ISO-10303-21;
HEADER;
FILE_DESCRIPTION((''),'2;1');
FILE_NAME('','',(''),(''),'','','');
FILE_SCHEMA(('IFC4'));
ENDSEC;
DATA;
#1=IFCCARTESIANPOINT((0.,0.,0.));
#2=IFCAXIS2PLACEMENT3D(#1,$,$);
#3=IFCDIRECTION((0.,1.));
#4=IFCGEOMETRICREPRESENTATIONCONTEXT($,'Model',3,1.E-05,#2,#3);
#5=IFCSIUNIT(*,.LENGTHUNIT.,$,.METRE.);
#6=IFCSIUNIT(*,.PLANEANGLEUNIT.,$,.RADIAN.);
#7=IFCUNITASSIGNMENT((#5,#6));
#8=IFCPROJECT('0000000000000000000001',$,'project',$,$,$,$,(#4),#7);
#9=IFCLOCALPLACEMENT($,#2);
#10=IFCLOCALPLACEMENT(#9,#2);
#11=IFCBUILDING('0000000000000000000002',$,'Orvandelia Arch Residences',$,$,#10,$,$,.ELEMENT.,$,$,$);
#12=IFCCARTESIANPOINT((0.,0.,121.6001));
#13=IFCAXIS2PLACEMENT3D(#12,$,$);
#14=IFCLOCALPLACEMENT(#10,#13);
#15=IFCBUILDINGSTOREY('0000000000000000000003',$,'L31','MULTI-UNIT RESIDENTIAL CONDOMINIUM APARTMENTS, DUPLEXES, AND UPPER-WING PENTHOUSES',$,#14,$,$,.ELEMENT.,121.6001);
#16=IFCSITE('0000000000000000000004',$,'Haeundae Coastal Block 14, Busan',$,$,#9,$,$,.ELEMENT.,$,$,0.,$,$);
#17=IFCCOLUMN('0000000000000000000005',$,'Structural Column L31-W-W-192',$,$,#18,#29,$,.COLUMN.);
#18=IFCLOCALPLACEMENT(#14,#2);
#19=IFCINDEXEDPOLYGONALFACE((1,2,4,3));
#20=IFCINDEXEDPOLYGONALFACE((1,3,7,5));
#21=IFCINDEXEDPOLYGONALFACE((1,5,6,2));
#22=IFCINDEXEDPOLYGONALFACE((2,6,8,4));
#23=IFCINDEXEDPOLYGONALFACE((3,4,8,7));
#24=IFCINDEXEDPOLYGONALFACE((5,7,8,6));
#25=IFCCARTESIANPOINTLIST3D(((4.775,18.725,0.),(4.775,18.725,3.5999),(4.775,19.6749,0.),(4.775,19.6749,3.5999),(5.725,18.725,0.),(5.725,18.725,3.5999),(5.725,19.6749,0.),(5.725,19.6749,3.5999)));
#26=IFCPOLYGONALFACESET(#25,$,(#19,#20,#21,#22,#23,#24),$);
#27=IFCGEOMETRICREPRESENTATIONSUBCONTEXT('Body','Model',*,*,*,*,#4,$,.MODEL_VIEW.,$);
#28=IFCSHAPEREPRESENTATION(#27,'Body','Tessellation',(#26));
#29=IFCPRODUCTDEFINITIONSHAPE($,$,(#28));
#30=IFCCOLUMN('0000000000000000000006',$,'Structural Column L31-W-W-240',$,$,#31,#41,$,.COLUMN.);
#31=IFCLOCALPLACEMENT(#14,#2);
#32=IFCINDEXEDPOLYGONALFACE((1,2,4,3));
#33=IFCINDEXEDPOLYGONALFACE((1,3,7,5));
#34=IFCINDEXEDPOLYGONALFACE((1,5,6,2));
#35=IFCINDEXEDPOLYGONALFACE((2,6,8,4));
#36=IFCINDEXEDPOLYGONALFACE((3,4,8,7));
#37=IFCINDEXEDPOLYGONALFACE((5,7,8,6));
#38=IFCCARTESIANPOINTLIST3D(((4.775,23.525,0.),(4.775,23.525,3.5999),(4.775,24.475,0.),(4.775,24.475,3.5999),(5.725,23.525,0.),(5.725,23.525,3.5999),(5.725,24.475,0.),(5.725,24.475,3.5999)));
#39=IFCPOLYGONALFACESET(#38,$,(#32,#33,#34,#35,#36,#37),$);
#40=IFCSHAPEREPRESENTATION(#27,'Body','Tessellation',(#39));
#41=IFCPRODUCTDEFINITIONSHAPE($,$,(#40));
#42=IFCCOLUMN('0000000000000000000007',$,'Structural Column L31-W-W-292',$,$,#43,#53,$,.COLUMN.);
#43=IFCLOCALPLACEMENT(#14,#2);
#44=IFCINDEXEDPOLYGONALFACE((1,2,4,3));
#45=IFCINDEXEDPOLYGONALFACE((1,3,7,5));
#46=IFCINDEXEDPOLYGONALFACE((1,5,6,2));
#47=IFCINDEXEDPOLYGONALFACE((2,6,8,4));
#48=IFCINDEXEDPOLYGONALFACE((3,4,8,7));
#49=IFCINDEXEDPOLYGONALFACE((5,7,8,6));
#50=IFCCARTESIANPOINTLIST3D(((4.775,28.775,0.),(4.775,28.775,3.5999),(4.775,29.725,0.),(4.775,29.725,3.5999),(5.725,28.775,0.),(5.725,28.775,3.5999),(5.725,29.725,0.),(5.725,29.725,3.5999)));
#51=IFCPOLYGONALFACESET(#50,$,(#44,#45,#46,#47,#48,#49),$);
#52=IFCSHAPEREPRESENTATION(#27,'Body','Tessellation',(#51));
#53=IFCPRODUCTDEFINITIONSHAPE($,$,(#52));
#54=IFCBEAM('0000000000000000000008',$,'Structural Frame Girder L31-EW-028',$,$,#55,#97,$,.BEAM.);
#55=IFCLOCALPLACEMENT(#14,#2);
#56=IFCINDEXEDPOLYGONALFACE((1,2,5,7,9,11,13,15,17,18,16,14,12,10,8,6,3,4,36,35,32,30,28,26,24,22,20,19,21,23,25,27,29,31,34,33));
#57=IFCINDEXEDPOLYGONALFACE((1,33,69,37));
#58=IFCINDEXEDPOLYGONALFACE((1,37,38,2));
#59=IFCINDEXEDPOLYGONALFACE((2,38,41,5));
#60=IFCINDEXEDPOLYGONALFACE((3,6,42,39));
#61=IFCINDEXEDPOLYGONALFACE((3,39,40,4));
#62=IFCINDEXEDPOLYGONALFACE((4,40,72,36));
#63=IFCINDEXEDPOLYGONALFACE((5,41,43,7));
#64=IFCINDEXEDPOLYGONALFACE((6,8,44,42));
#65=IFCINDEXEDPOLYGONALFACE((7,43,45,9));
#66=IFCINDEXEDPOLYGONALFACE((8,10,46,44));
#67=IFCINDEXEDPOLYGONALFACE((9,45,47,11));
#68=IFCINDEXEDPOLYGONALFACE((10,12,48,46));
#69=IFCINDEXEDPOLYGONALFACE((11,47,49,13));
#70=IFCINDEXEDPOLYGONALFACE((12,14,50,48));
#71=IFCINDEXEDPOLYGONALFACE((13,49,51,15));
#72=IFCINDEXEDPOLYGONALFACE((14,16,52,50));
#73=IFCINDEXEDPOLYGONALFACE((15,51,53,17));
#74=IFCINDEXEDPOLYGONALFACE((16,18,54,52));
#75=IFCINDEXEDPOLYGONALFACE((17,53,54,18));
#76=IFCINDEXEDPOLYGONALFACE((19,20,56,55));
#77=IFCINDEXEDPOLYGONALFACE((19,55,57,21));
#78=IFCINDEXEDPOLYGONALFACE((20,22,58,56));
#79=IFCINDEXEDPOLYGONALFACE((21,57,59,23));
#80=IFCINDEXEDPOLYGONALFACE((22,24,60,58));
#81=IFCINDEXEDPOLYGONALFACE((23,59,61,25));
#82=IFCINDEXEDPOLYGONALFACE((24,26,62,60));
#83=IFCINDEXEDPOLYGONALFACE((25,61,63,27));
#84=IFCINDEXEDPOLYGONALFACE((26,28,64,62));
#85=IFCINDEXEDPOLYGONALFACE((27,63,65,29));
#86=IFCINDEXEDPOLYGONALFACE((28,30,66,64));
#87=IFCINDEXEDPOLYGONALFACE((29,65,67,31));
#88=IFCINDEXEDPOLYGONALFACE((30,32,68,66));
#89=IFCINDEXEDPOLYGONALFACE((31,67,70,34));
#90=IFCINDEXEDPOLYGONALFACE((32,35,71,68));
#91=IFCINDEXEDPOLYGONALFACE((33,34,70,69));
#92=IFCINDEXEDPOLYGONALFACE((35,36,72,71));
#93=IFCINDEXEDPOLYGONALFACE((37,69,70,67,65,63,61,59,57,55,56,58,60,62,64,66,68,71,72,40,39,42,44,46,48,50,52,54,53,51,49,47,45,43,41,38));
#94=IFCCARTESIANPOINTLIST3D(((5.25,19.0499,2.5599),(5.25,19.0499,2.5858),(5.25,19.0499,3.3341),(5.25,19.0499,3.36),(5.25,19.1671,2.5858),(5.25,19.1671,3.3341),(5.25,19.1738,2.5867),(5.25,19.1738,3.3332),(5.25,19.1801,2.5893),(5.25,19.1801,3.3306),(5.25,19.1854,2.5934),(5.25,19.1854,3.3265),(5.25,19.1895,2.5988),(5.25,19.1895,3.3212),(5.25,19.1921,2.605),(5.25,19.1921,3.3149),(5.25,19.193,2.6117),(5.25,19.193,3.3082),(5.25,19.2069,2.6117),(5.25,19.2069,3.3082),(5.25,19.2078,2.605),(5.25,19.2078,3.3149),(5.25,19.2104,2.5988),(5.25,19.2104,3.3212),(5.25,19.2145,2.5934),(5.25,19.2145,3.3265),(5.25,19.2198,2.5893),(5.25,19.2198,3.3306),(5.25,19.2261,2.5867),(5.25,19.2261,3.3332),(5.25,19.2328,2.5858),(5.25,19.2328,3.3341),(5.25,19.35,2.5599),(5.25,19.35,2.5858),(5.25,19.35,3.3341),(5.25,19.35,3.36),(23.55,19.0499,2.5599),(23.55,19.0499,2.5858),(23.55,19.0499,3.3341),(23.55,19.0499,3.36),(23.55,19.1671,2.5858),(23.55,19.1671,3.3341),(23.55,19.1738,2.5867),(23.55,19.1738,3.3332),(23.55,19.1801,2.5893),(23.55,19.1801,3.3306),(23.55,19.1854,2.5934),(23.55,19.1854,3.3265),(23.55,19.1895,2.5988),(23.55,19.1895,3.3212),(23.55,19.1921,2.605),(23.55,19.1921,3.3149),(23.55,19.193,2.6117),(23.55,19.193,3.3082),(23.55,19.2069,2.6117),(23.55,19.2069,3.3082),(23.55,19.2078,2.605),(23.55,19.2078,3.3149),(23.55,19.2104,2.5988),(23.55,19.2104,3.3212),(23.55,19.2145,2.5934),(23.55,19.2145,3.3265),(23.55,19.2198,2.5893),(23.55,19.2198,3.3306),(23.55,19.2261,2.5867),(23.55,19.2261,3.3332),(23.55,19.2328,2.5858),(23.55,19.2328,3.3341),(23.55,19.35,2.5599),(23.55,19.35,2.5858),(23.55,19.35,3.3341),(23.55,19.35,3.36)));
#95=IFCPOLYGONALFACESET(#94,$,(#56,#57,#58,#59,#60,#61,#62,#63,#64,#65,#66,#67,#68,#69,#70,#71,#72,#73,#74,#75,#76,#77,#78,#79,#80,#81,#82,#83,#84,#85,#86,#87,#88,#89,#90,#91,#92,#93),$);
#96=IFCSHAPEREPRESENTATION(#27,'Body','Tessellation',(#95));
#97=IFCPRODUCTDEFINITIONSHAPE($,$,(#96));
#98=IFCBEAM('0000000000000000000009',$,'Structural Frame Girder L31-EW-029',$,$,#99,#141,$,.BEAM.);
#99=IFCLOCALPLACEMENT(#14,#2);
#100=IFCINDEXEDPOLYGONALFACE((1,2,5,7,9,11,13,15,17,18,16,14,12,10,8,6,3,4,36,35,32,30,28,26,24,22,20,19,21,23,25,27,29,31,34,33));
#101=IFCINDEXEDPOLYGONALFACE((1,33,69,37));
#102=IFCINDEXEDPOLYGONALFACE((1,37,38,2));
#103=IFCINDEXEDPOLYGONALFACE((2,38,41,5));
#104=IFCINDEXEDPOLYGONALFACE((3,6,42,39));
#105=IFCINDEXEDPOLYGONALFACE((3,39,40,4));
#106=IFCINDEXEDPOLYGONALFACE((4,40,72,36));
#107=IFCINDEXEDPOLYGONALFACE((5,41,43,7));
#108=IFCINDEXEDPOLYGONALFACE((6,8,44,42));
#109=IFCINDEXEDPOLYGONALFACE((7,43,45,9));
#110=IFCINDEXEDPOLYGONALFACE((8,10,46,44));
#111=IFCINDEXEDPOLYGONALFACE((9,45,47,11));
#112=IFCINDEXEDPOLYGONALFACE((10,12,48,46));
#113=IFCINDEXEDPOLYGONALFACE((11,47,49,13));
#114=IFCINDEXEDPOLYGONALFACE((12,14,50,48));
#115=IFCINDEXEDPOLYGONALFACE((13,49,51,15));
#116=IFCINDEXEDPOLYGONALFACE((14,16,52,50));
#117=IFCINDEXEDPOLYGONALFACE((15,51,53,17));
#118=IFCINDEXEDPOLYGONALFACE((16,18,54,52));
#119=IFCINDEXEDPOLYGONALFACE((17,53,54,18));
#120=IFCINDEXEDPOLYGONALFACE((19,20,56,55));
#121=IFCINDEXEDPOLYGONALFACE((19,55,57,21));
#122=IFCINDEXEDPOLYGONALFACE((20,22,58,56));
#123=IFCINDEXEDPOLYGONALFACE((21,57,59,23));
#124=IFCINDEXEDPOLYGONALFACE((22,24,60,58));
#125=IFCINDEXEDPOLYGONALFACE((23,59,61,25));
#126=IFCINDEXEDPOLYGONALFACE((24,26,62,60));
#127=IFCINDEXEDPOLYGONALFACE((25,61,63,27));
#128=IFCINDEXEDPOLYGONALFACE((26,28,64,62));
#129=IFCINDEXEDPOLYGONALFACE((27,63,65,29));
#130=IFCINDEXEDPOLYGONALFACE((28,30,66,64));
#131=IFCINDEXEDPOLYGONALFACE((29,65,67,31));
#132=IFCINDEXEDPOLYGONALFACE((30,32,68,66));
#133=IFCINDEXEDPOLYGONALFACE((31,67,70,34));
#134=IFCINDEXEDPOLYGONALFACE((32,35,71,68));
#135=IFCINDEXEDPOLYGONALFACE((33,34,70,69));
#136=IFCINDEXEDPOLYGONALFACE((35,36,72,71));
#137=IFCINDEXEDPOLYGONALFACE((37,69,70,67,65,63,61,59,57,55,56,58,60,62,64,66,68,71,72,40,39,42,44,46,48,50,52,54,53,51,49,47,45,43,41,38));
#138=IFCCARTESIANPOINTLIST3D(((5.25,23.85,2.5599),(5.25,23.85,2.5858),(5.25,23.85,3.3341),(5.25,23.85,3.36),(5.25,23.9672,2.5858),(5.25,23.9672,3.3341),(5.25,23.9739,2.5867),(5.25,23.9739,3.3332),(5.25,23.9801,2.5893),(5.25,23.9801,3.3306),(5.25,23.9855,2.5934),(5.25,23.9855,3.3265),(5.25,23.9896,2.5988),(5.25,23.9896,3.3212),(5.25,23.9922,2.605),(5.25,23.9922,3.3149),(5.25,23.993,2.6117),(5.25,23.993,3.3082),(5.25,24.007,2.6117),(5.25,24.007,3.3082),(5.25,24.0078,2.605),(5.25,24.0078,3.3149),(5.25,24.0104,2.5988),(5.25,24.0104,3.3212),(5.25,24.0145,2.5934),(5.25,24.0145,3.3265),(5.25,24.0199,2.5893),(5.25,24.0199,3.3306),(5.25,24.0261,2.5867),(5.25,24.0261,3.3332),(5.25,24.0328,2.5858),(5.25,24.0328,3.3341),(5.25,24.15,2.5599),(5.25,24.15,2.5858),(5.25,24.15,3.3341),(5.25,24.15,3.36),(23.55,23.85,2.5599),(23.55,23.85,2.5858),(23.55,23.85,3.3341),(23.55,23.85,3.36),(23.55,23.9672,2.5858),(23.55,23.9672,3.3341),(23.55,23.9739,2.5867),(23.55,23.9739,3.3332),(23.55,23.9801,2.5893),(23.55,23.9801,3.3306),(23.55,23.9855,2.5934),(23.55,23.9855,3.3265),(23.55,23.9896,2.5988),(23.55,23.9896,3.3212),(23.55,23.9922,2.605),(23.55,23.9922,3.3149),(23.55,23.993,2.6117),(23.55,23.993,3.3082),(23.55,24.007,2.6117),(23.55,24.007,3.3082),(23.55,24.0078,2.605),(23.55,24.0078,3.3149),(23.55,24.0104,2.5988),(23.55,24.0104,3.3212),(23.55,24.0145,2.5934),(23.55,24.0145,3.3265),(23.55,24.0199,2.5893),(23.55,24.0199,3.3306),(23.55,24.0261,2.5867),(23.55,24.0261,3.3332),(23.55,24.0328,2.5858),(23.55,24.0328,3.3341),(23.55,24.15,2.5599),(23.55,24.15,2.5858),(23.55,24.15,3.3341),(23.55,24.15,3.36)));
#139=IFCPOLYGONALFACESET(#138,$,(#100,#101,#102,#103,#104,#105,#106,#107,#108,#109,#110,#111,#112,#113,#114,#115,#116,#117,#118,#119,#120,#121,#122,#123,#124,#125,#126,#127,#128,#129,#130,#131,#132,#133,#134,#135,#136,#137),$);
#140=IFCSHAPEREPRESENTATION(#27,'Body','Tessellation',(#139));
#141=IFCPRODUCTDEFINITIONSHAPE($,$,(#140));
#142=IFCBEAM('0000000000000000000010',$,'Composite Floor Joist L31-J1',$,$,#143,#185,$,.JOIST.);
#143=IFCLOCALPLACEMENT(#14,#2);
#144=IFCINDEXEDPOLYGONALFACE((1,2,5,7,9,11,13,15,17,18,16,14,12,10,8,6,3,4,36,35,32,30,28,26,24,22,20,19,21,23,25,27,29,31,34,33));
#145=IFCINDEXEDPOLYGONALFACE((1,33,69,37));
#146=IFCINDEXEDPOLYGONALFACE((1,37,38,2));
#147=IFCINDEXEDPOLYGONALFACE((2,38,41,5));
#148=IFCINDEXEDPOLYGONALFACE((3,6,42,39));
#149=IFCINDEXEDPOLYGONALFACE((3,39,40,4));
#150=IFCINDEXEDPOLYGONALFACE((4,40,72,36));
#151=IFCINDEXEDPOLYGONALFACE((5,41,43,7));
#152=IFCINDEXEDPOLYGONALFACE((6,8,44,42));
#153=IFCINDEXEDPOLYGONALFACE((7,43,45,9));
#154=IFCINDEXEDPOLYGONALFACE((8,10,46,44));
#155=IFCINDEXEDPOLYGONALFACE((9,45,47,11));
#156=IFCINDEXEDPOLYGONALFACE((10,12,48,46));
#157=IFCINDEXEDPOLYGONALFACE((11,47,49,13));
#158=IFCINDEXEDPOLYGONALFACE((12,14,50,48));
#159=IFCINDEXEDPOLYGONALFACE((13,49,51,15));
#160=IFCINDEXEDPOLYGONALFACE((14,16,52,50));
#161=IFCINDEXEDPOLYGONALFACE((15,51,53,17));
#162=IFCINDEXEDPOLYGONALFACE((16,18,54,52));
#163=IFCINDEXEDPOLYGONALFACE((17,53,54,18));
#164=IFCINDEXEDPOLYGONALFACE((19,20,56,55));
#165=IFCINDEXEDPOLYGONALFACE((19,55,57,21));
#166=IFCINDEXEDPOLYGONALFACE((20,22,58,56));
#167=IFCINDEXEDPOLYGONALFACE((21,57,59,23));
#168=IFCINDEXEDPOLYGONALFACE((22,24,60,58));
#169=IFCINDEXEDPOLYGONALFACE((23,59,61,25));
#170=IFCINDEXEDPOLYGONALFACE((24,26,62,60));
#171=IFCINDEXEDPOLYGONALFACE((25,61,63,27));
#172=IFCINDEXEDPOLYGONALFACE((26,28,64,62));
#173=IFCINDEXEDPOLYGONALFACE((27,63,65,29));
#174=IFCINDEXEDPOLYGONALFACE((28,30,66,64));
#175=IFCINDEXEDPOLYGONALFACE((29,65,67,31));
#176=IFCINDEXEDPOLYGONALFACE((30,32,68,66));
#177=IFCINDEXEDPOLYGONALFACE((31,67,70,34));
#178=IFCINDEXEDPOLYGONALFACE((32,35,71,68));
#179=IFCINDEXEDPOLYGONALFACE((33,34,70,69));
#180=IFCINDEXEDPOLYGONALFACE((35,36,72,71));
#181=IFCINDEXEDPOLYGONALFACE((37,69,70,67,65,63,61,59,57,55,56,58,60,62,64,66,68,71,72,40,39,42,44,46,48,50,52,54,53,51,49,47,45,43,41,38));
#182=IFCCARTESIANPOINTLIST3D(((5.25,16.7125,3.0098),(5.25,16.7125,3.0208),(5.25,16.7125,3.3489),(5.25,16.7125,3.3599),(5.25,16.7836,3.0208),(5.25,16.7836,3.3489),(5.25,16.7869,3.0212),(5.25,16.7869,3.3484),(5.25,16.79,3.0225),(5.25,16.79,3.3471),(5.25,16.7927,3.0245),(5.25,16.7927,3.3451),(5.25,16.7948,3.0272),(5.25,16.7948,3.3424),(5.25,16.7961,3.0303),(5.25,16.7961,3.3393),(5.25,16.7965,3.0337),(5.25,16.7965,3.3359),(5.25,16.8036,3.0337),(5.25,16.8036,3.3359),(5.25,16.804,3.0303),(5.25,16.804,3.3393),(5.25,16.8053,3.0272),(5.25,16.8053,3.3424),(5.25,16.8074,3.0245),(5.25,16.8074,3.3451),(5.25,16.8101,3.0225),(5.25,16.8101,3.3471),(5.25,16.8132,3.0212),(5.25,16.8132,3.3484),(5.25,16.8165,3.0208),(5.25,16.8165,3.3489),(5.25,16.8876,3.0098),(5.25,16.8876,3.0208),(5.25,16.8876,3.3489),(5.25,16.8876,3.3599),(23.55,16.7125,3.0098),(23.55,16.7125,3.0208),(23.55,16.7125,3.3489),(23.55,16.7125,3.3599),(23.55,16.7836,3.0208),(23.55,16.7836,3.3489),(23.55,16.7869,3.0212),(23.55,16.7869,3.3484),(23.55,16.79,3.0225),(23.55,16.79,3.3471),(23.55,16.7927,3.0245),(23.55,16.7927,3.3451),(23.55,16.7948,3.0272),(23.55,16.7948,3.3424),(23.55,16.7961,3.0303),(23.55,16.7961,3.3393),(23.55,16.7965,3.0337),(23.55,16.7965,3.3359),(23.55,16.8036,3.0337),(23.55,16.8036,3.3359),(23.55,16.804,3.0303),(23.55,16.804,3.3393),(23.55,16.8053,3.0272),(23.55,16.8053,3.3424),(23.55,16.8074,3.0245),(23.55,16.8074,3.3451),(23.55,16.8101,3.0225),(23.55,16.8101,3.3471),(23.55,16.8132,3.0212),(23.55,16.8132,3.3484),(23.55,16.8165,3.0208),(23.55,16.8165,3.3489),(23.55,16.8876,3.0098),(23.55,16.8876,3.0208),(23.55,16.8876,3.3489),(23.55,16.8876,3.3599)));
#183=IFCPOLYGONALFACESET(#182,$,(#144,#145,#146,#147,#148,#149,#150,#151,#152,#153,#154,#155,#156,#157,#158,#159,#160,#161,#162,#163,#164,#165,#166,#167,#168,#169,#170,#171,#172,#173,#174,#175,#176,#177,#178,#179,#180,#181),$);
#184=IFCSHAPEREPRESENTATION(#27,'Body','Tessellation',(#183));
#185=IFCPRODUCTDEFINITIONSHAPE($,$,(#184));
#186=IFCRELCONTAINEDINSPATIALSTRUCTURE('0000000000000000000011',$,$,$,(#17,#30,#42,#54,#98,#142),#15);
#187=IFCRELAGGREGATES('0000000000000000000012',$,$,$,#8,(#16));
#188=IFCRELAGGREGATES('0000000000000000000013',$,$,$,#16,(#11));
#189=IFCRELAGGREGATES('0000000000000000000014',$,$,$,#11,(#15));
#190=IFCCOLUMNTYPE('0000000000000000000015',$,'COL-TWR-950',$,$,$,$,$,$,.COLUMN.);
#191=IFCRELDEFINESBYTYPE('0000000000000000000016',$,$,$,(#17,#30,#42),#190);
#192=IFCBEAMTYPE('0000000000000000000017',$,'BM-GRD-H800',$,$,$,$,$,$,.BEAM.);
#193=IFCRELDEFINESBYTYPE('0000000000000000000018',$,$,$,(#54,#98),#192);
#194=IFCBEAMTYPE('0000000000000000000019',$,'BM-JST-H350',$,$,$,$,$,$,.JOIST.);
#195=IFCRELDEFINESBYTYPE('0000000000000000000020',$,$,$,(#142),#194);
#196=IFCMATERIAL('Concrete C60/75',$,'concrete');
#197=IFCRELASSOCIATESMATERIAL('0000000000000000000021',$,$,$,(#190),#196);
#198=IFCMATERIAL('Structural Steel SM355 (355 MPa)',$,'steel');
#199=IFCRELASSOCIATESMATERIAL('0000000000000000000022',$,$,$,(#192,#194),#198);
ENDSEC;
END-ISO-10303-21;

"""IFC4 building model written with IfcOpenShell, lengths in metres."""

from ifc_helpers import new_model, si_unit, direction, frame, origin, origin_2d, place, context, subcontext, project, spatial, rectangle, i_section, extrude, material, material_profile, profile_set, type_object, element, save


model = new_model("IFC4")

# Units and contexts
model_context = context("Model", 3, precision=1e-05, world=origin(), true_north=direction((0.0, 1.0)))
body_context = subcontext(model_context, "Body", "Model", "MODEL_VIEW")
ifc_project = project(units=[si_unit("LENGTHUNIT", "METRE"), si_unit("PLANEANGLEUNIT", "RADIAN")], contexts=[model_context])

# Site, building, storey
site_placement = place(None, origin())
site = spatial("IfcSite", under=ifc_project, at=site_placement, Name="Haeundae Coastal Block 14, Busan", CompositionType="ELEMENT", RefElevation=0.0)
building_placement = place(site_placement, origin())
building = spatial("IfcBuilding", under=site, at=building_placement, Name="Orvandelia Arch Residences", CompositionType="ELEMENT")
storey_placement = place(building_placement, frame((0.0, 0.0, 121.6001)))
storey = spatial("IfcBuildingStorey", under=building, at=storey_placement, Name="L31", Description="MULTI-UNIT RESIDENTIAL CONDOMINIUM APARTMENTS, DUPLEXES, AND UPPER-WING PENTHOUSES", CompositionType="ELEMENT", Elevation=121.6001)

# Columns
ifc_material_1 = material(Name="Concrete C60/75", Category="concrete")
ifc_material_profile_1 = material_profile(ifc_material_1, rectangle(XDim=0.95, YDim=0.95, at=origin_2d()), Name="Concrete C60/75", Category="concrete")
ifc_profile_set_1 = profile_set([ifc_material_profile_1], Name="Concrete C60/75")
column_type = type_object("IfcColumnType", Name="COL-TWR-950", PredefinedType="COLUMN", material=ifc_profile_set_1)
for number, where, z_axis, x_axis, name in (
    (1, (5.25, 19.2, 0.0), (0.0, 0.0, 1.0), (1.0, 0.0, 0.0), "Structural Column L31-W-W-192"),
    (2, (5.25, 24.0, 0.0), (0.0, 0.0, 1.0), (1.0, 0.0, 0.0), "Structural Column L31-W-W-240"),
    (3, (5.25, 29.25, 0.0), (0.0, 0.0, 1.0), (1.0, 0.0, 0.0), "Structural Column L31-W-W-292"),
):
    element("IfcColumn", number, at=place(storey_placement, frame(where, z_axis=z_axis, x_axis=x_axis)), inside=storey, type_object=column_type, Name=name, PredefinedType="COLUMN", context=body_context, shape_type="SweptSolid", body=[
        extrude(rectangle(XDim=0.95, YDim=0.95, at=origin_2d()), origin(), (0.0, 0.0, 1.0), 3.5999),
    ])

# Beams
ifc_material_2 = material(Name="Structural Steel SM355 (355 MPa)", Category="steel")
ifc_material_profile_2 = material_profile(ifc_material_2, i_section(OverallWidth=0.3, OverallDepth=0.8, WebThickness=0.0139, FlangeThickness=0.0259, FilletRadius=0.0259, at=origin_2d()), Name="Structural Steel SM355 (355 MPa)", Category="steel")
ifc_profile_set_2 = profile_set([ifc_material_profile_2], Name="Structural Steel SM355 (355 MPa)")
beam_type_1 = type_object("IfcBeamType", Name="BM-GRD-H800", PredefinedType="BEAM", material=ifc_profile_set_2)
for number, where, z_axis, x_axis, name in (
    (4, (5.25, 19.2, 2.96), (1.0, 0.0, 0.0), (0.0, 1.0, 0.0), "Structural Frame Girder L31-EW-028"),
    (5, (5.25, 24.0, 2.96), (1.0, 0.0, 0.0), (0.0, 1.0, 0.0), "Structural Frame Girder L31-EW-029"),
):
    element("IfcBeam", number, at=place(storey_placement, frame(where, z_axis=z_axis, x_axis=x_axis)), inside=storey, type_object=beam_type_1, Name=name, PredefinedType="BEAM", context=body_context, shape_type="SweptSolid", body=[
        extrude(i_section(OverallWidth=0.3, OverallDepth=0.8, WebThickness=0.0139, FlangeThickness=0.0259, FilletRadius=0.0259, at=origin_2d()), origin(), (0.0, 0.0, 1.0), 18.3),
    ])
ifc_material_profile_3 = material_profile(ifc_material_2, i_section(OverallWidth=0.175, OverallDepth=0.3501, WebThickness=0.0071, FlangeThickness=0.011, FilletRadius=0.0129, at=origin_2d()), Name="Structural Steel SM355 (355 MPa)", Category="steel")
ifc_profile_set_3 = profile_set([ifc_material_profile_3], Name="Structural Steel SM355 (355 MPa)")
beam_type_2 = type_object("IfcBeamType", Name="BM-JST-H350", PredefinedType="JOIST", material=ifc_profile_set_3)
for number, where, z_axis, x_axis, name in (
    (6, (5.25, 16.8, 3.1848), (1.0, 0.0, 0.0), (0.0, 1.0, 0.0), "Composite Floor Joist L31-J1"),
):
    element("IfcBeam", number, at=place(storey_placement, frame(where, z_axis=z_axis, x_axis=x_axis)), inside=storey, type_object=beam_type_2, Name=name, PredefinedType="JOIST", context=body_context, shape_type="SweptSolid", body=[
        extrude(i_section(OverallWidth=0.175, OverallDepth=0.3501, WebThickness=0.0071, FlangeThickness=0.011, FilletRadius=0.0129, at=origin_2d()), origin(), (0.0, 0.0, 1.0), 18.3),
    ])

save(model, "model.ifc")
